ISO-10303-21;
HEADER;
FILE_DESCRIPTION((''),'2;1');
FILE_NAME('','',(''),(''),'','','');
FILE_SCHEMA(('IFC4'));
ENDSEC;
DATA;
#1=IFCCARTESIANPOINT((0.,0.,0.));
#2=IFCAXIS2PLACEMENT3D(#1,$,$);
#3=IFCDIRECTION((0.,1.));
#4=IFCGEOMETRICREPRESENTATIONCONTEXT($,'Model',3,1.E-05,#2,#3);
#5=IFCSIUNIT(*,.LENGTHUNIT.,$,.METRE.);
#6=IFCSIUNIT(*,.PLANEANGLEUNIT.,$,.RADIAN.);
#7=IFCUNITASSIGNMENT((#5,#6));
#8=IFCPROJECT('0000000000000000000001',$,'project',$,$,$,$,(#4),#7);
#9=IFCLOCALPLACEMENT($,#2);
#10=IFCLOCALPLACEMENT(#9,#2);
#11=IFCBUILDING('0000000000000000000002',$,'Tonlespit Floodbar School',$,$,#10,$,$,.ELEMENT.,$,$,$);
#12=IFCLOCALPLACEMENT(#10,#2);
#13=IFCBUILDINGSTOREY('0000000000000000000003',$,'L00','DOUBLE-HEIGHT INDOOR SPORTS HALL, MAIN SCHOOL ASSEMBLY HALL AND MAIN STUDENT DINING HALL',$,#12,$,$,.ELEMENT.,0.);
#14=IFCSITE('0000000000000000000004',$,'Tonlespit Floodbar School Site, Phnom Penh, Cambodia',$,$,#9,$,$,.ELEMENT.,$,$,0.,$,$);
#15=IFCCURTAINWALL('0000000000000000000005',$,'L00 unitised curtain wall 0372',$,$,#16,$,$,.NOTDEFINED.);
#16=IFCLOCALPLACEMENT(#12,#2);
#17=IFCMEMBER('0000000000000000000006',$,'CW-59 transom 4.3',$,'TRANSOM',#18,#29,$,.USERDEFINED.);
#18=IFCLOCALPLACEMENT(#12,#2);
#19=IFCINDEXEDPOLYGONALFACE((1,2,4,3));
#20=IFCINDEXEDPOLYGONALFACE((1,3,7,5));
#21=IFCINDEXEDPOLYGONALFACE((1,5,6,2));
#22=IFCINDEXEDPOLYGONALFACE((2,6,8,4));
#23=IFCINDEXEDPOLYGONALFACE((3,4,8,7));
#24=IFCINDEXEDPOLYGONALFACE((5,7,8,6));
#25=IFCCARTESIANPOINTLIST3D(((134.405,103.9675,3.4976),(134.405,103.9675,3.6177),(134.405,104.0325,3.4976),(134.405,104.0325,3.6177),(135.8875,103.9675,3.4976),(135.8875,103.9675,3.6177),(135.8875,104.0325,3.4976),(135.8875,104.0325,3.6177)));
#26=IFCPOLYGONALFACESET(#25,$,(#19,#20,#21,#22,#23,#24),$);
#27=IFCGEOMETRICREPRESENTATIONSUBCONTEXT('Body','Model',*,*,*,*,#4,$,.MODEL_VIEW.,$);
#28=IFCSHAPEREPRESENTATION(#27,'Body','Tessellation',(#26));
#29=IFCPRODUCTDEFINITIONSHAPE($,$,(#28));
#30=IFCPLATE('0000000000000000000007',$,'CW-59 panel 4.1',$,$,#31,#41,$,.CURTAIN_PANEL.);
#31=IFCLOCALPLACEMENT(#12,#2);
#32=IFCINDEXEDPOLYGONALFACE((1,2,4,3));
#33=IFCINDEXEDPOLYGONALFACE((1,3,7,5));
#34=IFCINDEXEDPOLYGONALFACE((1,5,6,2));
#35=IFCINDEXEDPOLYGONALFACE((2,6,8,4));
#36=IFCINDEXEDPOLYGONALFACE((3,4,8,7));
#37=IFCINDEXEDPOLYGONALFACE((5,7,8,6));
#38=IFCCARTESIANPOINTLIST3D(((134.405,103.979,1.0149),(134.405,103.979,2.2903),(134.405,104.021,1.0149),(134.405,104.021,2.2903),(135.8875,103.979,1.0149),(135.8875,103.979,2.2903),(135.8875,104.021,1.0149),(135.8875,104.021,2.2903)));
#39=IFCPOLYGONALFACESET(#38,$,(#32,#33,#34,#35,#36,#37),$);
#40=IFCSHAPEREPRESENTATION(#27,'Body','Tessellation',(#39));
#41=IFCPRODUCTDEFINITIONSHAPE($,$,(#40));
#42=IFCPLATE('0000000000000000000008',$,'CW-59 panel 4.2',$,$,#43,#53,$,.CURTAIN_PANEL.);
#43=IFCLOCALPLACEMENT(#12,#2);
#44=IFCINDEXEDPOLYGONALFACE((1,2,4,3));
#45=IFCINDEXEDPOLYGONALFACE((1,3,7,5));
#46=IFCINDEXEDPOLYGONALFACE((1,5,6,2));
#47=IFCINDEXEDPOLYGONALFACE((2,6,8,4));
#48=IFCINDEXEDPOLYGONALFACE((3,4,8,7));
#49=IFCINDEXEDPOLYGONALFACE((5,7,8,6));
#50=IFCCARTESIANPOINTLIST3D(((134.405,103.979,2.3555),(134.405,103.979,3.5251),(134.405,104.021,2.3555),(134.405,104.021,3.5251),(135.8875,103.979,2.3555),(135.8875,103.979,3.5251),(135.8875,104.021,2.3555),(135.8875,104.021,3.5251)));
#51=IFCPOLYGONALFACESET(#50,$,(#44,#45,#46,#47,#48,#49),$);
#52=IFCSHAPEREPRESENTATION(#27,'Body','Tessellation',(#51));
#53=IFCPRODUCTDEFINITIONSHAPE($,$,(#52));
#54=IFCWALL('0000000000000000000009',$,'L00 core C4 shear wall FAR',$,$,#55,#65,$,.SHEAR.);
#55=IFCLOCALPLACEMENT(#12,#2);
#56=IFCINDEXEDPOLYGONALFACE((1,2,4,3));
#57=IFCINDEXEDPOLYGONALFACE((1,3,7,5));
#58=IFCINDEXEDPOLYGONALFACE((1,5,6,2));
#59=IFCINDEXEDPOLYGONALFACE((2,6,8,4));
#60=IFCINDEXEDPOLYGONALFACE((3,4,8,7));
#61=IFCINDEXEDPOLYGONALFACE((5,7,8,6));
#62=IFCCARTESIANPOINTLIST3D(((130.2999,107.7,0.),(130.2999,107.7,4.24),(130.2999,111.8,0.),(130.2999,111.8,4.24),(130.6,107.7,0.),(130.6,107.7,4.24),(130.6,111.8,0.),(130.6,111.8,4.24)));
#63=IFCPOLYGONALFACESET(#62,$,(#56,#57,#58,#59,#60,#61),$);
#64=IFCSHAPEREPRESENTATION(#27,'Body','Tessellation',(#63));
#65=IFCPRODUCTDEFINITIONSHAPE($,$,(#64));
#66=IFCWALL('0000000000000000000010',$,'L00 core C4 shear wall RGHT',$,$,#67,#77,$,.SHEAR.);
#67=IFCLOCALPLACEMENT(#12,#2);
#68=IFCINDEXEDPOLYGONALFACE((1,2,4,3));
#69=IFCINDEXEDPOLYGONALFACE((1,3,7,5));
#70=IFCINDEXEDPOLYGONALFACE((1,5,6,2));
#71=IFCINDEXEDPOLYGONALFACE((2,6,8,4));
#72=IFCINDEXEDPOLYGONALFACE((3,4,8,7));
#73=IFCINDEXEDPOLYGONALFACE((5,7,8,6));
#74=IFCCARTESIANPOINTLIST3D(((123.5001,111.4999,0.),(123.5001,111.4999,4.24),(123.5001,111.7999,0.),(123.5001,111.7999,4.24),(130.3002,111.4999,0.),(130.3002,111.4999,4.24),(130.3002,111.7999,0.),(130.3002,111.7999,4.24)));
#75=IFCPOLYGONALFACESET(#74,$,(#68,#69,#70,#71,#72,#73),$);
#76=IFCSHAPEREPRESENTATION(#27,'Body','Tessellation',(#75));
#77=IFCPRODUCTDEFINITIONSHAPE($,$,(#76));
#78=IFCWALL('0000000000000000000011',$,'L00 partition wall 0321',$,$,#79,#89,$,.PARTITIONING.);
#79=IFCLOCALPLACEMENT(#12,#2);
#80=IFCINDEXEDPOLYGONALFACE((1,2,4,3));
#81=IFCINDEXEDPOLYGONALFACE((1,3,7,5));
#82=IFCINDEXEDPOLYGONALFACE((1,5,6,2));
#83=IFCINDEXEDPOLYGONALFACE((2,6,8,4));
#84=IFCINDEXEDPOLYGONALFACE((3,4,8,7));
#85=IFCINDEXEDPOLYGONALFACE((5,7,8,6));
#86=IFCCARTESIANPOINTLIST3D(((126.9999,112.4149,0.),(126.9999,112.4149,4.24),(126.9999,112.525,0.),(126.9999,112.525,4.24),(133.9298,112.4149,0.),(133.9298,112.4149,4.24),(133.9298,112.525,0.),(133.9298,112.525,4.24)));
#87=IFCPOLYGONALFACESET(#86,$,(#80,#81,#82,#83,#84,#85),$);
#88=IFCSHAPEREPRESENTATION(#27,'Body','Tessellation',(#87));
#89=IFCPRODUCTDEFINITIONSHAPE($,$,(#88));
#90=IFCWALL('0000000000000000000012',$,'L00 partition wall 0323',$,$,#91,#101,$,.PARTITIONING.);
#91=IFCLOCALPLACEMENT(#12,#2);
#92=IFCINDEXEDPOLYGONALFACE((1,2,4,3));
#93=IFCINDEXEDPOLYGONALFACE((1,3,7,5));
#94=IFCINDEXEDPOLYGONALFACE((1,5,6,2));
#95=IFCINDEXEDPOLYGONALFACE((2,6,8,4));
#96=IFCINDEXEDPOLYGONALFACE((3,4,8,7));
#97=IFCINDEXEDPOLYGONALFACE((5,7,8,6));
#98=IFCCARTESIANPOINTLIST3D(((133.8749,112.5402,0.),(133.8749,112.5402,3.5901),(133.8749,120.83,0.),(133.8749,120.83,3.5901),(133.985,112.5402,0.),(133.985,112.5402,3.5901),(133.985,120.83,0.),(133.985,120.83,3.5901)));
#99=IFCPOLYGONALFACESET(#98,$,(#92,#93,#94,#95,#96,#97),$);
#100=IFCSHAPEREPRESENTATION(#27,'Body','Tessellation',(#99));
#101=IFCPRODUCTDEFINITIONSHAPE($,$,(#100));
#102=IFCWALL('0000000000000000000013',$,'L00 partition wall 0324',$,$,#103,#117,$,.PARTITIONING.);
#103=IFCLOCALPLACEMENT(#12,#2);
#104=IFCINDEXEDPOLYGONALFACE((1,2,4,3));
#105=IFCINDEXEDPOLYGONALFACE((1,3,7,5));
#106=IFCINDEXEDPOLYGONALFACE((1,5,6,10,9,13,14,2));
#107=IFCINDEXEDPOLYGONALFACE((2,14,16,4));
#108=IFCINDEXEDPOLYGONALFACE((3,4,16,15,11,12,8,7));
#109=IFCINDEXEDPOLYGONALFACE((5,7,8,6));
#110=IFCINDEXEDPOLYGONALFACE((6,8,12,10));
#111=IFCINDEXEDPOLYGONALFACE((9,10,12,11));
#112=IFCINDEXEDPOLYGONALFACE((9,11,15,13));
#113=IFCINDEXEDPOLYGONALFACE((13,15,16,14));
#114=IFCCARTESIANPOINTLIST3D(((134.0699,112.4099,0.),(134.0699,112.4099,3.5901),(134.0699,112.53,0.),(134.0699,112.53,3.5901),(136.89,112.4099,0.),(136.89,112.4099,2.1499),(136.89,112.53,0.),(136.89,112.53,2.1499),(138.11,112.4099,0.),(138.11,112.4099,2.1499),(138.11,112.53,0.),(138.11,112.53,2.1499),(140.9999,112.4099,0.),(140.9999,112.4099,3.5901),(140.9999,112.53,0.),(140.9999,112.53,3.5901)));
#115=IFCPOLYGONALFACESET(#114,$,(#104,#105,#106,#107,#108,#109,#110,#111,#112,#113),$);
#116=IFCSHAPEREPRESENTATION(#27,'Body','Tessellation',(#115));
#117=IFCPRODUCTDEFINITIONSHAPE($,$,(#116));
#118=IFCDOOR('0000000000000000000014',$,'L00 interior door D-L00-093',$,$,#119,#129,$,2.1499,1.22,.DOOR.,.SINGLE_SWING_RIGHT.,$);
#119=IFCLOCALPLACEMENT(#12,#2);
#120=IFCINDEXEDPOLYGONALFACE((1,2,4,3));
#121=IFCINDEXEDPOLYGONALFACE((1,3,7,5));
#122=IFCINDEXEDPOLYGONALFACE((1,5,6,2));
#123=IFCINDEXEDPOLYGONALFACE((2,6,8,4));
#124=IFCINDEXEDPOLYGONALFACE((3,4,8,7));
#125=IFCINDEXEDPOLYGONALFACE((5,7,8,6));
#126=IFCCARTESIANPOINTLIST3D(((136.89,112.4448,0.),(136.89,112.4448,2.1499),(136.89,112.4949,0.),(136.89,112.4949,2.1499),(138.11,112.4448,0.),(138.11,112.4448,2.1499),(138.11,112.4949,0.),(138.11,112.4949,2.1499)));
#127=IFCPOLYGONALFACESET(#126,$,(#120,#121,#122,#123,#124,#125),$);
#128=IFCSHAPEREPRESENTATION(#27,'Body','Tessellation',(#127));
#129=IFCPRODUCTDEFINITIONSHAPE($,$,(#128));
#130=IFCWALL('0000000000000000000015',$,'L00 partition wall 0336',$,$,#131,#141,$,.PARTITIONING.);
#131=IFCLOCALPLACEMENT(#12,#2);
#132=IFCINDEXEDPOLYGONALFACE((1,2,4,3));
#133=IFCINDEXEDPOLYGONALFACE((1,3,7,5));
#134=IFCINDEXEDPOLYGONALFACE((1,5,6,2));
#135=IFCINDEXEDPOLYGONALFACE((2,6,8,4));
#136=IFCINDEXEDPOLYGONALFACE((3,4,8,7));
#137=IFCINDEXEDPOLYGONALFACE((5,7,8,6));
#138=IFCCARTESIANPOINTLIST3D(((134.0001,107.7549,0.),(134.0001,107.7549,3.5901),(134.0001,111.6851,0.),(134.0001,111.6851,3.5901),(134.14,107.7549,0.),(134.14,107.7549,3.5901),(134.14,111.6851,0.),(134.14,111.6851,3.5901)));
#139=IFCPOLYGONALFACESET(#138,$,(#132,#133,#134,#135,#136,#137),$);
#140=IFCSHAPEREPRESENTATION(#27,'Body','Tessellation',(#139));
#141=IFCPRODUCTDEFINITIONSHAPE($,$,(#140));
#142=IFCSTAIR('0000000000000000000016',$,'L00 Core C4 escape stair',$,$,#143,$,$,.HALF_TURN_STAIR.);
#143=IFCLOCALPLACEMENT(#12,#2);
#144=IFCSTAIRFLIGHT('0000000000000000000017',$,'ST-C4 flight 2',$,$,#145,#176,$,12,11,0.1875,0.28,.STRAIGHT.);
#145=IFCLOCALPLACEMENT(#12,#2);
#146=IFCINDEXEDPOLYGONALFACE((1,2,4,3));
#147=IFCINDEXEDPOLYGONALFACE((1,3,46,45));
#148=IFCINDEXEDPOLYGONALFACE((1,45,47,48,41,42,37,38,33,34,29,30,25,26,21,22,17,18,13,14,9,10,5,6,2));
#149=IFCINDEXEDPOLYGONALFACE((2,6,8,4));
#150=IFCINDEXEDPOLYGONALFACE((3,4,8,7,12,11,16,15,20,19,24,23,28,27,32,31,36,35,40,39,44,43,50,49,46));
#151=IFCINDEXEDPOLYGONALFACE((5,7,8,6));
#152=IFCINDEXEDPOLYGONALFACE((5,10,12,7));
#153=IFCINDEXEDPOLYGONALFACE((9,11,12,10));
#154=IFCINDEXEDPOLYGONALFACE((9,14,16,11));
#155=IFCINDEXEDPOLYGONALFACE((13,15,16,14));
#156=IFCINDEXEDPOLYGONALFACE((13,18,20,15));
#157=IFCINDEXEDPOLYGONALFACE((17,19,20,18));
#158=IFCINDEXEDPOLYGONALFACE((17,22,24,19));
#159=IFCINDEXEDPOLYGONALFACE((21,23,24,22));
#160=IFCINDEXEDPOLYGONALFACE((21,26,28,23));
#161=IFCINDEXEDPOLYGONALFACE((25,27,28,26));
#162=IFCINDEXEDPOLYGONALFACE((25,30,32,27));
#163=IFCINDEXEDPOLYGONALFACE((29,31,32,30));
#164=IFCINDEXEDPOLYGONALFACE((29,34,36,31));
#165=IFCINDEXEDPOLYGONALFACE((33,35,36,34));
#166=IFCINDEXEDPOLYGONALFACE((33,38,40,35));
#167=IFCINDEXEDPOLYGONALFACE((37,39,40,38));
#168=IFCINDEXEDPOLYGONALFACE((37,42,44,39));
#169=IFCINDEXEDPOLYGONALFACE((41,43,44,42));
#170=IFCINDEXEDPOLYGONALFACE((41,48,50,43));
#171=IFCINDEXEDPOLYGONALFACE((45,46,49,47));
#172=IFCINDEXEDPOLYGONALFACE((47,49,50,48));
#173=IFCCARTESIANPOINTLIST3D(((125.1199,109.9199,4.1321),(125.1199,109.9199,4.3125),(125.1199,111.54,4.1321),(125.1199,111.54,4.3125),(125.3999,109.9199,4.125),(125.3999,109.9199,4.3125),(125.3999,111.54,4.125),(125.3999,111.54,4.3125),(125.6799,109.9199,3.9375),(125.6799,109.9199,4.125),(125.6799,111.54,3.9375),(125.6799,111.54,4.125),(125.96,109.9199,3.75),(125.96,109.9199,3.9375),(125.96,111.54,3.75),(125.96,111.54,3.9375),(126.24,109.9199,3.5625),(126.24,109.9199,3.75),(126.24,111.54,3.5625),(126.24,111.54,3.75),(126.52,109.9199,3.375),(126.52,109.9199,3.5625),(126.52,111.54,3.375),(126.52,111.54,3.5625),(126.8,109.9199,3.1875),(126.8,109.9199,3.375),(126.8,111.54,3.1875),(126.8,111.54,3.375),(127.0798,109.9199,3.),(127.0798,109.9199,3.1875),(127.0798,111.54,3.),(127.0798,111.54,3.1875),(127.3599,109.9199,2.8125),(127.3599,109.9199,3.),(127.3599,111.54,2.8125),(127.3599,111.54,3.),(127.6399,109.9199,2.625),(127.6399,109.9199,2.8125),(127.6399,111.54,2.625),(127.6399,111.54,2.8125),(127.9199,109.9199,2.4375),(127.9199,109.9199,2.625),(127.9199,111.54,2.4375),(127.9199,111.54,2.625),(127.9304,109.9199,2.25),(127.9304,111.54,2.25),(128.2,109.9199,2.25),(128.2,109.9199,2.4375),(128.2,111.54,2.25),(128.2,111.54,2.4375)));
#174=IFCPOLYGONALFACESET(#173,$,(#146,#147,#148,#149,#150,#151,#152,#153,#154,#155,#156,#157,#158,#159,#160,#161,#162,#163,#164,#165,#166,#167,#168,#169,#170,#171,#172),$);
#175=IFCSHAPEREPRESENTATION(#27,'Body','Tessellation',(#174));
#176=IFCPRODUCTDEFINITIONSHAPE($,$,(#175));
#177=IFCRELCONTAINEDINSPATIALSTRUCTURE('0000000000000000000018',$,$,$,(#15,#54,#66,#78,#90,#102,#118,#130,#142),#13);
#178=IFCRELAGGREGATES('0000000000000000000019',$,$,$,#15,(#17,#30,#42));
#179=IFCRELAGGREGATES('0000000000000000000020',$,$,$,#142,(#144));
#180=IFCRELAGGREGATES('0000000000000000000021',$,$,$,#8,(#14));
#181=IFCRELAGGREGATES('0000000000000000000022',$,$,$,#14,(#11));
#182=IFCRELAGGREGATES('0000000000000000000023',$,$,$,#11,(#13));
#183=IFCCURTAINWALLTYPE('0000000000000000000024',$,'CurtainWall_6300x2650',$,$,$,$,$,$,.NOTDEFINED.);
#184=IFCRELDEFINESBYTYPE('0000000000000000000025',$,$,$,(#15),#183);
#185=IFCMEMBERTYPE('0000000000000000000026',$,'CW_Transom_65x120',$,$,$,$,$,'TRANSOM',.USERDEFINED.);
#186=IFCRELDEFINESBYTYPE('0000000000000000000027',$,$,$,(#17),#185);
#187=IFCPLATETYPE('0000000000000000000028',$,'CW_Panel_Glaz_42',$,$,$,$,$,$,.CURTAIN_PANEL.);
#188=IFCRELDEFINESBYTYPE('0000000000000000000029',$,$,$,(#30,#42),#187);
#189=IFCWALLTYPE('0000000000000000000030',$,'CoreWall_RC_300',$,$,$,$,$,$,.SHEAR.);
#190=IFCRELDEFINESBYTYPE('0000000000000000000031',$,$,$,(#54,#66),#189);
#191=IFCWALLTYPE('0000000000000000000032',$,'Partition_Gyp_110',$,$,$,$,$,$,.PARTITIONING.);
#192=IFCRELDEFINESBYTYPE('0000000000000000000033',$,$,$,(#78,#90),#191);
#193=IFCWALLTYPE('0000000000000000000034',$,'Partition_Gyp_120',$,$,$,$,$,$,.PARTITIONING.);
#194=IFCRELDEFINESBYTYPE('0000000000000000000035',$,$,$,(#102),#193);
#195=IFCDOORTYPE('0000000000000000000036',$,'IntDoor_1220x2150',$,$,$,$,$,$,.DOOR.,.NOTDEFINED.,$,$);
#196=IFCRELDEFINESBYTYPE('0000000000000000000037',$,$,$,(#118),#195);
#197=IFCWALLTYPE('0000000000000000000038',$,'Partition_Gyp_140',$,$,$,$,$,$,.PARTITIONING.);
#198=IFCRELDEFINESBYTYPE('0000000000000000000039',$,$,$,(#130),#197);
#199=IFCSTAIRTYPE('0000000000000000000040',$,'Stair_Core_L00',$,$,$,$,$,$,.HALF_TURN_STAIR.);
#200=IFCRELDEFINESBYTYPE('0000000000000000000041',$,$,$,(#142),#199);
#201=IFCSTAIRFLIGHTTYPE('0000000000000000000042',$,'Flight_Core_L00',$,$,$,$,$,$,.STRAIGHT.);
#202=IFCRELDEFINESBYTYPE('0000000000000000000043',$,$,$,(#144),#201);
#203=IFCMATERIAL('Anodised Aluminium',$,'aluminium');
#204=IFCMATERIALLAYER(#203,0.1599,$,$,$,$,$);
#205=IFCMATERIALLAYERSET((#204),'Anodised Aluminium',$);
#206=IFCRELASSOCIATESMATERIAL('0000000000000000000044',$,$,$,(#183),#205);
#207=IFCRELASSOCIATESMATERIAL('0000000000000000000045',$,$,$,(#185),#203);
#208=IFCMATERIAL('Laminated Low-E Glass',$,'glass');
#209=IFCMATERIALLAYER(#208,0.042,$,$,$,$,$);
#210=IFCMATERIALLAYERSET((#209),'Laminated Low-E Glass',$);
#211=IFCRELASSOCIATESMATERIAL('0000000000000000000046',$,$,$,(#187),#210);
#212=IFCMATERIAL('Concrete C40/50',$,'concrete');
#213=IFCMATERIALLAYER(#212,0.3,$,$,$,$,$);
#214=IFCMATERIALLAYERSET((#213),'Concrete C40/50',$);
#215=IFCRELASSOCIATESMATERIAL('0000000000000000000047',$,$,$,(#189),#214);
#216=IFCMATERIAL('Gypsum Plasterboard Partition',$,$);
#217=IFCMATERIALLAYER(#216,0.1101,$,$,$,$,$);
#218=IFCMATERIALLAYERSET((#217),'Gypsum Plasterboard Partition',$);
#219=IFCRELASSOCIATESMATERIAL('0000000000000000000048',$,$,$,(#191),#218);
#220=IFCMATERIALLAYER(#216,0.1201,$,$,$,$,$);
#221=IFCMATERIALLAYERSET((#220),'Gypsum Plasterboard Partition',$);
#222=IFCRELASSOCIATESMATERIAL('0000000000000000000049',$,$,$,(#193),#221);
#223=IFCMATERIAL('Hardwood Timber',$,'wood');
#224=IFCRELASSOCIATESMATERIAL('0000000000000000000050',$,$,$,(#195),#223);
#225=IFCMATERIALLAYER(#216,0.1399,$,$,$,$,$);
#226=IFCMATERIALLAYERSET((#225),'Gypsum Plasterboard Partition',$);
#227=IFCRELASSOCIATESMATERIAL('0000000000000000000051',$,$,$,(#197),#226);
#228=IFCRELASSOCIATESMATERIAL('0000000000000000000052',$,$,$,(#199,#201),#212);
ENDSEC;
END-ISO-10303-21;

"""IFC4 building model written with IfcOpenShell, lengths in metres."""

from ifc_helpers import new_model, si_unit, direction, frame, frame_2d, origin, origin_2d, place, context, subcontext, project, spatial, polyline, rectangle, outline, extrude, material, layer, layer_set, material_profile, profile_set, type_object, element, fill, aggregate, save


model = new_model("IFC4")

# Units and contexts
model_context = context("Model", 3, precision=1e-05, world=origin(), true_north=direction((0.0, 1.0)))
body_context = subcontext(model_context, "Body", "Model", "MODEL_VIEW")
ifc_project = project(units=[si_unit("LENGTHUNIT", "METRE"), si_unit("PLANEANGLEUNIT", "RADIAN")], contexts=[model_context])

# Site, building, storey
site_placement = place(None, origin())
site = spatial("IfcSite", under=ifc_project, at=site_placement, Name="Tonlespit Floodbar School Site, Phnom Penh, Cambodia", CompositionType="ELEMENT", RefElevation=0.0)
building_placement = place(site_placement, origin())
building = spatial("IfcBuilding", under=site, at=building_placement, Name="Tonlespit Floodbar School", CompositionType="ELEMENT")
storey_placement = place(building_placement, origin())
storey = spatial("IfcBuildingStorey", under=building, at=storey_placement, Name="L00", Description="DOUBLE-HEIGHT INDOOR SPORTS HALL, MAIN SCHOOL ASSEMBLY HALL AND MAIN STUDENT DINING HALL", CompositionType="ELEMENT", Elevation=0.0)

# Shared definitions
ifc_material_1 = material(Name="Concrete C40/50", Category="concrete")

# Curtain wall, member, plates
ifc_material_2 = material(Name="Anodised Aluminium", Category="aluminium")
ifc_layer_1 = layer(ifc_material_2, 0.1599)
ifc_layer_set_1 = layer_set([ifc_layer_1], Name="Anodised Aluminium")
curtain_wall_type = type_object("IfcCurtainWallType", Name="CurtainWall_6300x2650", PredefinedType="NOTDEFINED", material=ifc_layer_set_1)
curtain_wall_placement = place(storey_placement, origin())
curtain_wall = element("IfcCurtainWall", 1, at=curtain_wall_placement, inside=storey, type_object=curtain_wall_type, Name="L00 unitised curtain wall 0372", PredefinedType="NOTDEFINED")
ifc_material_profile_1 = material_profile(ifc_material_2, rectangle(XDim=0.0649, YDim=0.1201, at=origin_2d()), Name="ALU T65x120")
ifc_profile_set_1 = profile_set([ifc_material_profile_1], Name="Anodised Aluminium")
member_type_1 = type_object("IfcMemberType", Name="CW_Transom_65x120", ElementType="TRANSOM", PredefinedType="USERDEFINED", material=ifc_profile_set_1)
member_1_placement = place(storey_placement, frame((135.8875, 104.0, 3.5576), z_axis=(-1.0, 0.0, 0.0), x_axis=(0.0, -1.0, 0.0)))
member_1 = element("IfcMember", 2, at=member_1_placement, type_object=member_type_1, Name="CW-59 transom 4.3", ObjectType="TRANSOM", PredefinedType="USERDEFINED", context=body_context, shape_type="SweptSolid", body=[
    extrude(rectangle(XDim=0.0649, YDim=0.1201, at=origin_2d()), origin(), (0.0, 0.0, 1.0), 1.4824),
])
ifc_material_3 = material(Name="Laminated Low-E Glass", Category="glass")
ifc_layer_2 = layer(ifc_material_3, 0.042)
ifc_layer_set_2 = layer_set([ifc_layer_2], Name="Laminated Low-E Glass")
plate_type = type_object("IfcPlateType", Name="CW_Panel_Glaz_42", PredefinedType="CURTAIN_PANEL", material=ifc_layer_set_2)
plate_1_placement = place(storey_placement, frame((135.1462, 104.0, 1.0149), z_axis=(0.0, 0.0, 1.0), x_axis=(-1.0, 0.0, 0.0)))
plate_1 = element("IfcPlate", 3, at=plate_1_placement, type_object=plate_type, Name="CW-59 panel 4.1", PredefinedType="CURTAIN_PANEL", context=body_context, shape_type="SweptSolid", body=[
    extrude(rectangle(XDim=1.4824, YDim=0.042, at=origin_2d()), origin(), (0.0, 0.0, 1.0), 1.2754),
])
plate_2_placement = place(storey_placement, frame((135.1462, 104.0, 2.3555), z_axis=(0.0, 0.0, 1.0), x_axis=(-1.0, 0.0, 0.0)))
plate_2 = element("IfcPlate", 4, at=plate_2_placement, type_object=plate_type, Name="CW-59 panel 4.2", PredefinedType="CURTAIN_PANEL", context=body_context, shape_type="SweptSolid", body=[
    extrude(rectangle(XDim=1.4824, YDim=0.042, at=origin_2d()), origin(), (0.0, 0.0, 1.0), 1.1697),
])
aggregate(curtain_wall, [member_1, plate_1, plate_2])

# Walls
ifc_layer_3 = layer(ifc_material_1, 0.3)
ifc_layer_set_3 = layer_set([ifc_layer_3], Name="Concrete C40/50")
wall_type_1 = type_object("IfcWallType", Name="CoreWall_RC_300", PredefinedType="SHEAR", material=ifc_layer_set_3)
wall_1_placement = place(storey_placement, frame((130.45, 111.8, 0.0), z_axis=(0.0, 0.0, 1.0), x_axis=(0.0, -1.0, 0.0)))
element("IfcWall", 5, at=wall_1_placement, inside=storey, type_object=wall_type_1, Name="L00 core C4 shear wall FAR", PredefinedType="SHEAR", context=body_context, shape_type="SweptSolid", body=[
    extrude(rectangle(XDim=4.1001, YDim=0.3, at=frame_2d((2.05, 0.0))), origin(), (0.0, 0.0, 1.0), 4.24),
])
wall_2_placement = place(storey_placement, frame((130.3, 111.6499, 0.0), z_axis=(0.0, 0.0, 1.0), x_axis=(-1.0, 0.0, 0.0)))
element("IfcWall", 6, at=wall_2_placement, inside=storey, type_object=wall_type_1, Name="L00 core C4 shear wall RGHT", PredefinedType="SHEAR", context=body_context, shape_type="SweptSolid", body=[
    extrude(rectangle(XDim=6.8, YDim=0.3, at=frame_2d((3.3999, 0.0))), origin(), (0.0, 0.0, 1.0), 4.24),
])
ifc_material_4 = material(Name="Gypsum Plasterboard Partition")
ifc_layer_4 = layer(ifc_material_4, 0.1101)
ifc_layer_set_4 = layer_set([ifc_layer_4], Name="Gypsum Plasterboard Partition")
wall_type_2 = type_object("IfcWallType", Name="Partition_Gyp_110", PredefinedType="PARTITIONING", material=ifc_layer_set_4)
wall_3_placement = place(storey_placement, frame((127.0, 112.47, 0.0), z_axis=(0.0, 0.0, 1.0), x_axis=(1.0, 0.0, 0.0)))
element("IfcWall", 7, at=wall_3_placement, inside=storey, type_object=wall_type_2, Name="L00 partition wall 0321", PredefinedType="PARTITIONING", context=body_context, shape_type="SweptSolid", body=[
    extrude(rectangle(XDim=6.9299, YDim=0.1101, at=frame_2d((3.4648, 0.0))), origin(), (0.0, 0.0, 1.0), 4.24),
])
wall_4_placement = place(storey_placement, frame((133.9299, 112.54, 0.0), z_axis=(0.0, 0.0, 1.0), x_axis=(0.0, 1.0, 0.0)))
element("IfcWall", 8, at=wall_4_placement, inside=storey, type_object=wall_type_2, Name="L00 partition wall 0323", PredefinedType="PARTITIONING", context=body_context, shape_type="SweptSolid", body=[
    extrude(rectangle(XDim=8.2898, YDim=0.1101, at=frame_2d((4.145, 0.0))), origin(), (0.0, 0.0, 1.0), 3.5901),
])

# Wall, opening, door
ifc_layer_5 = layer(ifc_material_4, 0.1201)
ifc_layer_set_5 = layer_set([ifc_layer_5], Name="Gypsum Plasterboard Partition")
wall_type_3 = type_object("IfcWallType", Name="Partition_Gyp_120", PredefinedType="PARTITIONING", material=ifc_layer_set_5)
wall_5_placement = place(storey_placement, frame((134.0701, 112.47, 0.0), z_axis=(0.0, 0.0, 1.0), x_axis=(1.0, 0.0, 0.0)))
wall_5 = element("IfcWall", 9, at=wall_5_placement, inside=storey, type_object=wall_type_3, Name="L00 partition wall 0324", PredefinedType="PARTITIONING", context=body_context, shape_type="SweptSolid", body=[
    extrude(rectangle(XDim=6.9299, YDim=0.1201, at=frame_2d((3.4648, 0.0))), origin(), (0.0, 0.0, 1.0), 3.5901),
])
opening_placement = place(wall_5_placement, frame((2.8201, 0.0, 0.0)))
opening = element("IfcOpeningElement", 10, at=opening_placement, cuts=wall_5, PredefinedType="OPENING", context=body_context, shape_type="SweptSolid", body=[
    extrude(rectangle(XDim=1.22, YDim=2.1499, at=frame_2d((0.6099, 1.075))), frame((0.0, 0.0701, 0.0), z_axis=(0.0, -1.0, 0.0), x_axis=(1.0, 0.0, 0.0)), (0.0, 0.0, 1.0), 0.1401),
])
ifc_material_5 = material(Name="Hardwood Timber", Category="wood")
door_type = type_object("IfcDoorType", Name="IntDoor_1220x2150", OperationType="NOTDEFINED", PredefinedType="DOOR", material=ifc_material_5)
door_placement = place(opening_placement, origin())
door = element("IfcDoor", 11, at=door_placement, inside=storey, type_object=door_type, Name="L00 interior door D-L00-093", OperationType="SINGLE_SWING_RIGHT", OverallHeight=2.1499, OverallWidth=1.22, PredefinedType="DOOR", context=body_context, shape_type="SweptSolid", body=[
    extrude(rectangle(XDim=1.22, YDim=2.1499, at=frame_2d((0.6099, 1.075))), frame((0.0, 0.0249, 0.0), z_axis=(0.0, -1.0, 0.0), x_axis=(1.0, 0.0, 0.0)), (0.0, 0.0, 1.0), 0.05),
])
fill(opening, door)

# Wall
ifc_layer_6 = layer(ifc_material_4, 0.1399)
ifc_layer_set_6 = layer_set([ifc_layer_6], Name="Gypsum Plasterboard Partition")
wall_type_4 = type_object("IfcWallType", Name="Partition_Gyp_140", PredefinedType="PARTITIONING", material=ifc_layer_set_6)
wall_6_placement = place(storey_placement, frame((134.0701, 107.7549, 0.0), z_axis=(0.0, 0.0, 1.0), x_axis=(0.0, 1.0, 0.0)))
element("IfcWall", 12, at=wall_6_placement, inside=storey, type_object=wall_type_4, Name="L00 partition wall 0336", PredefinedType="PARTITIONING", context=body_context, shape_type="SweptSolid", body=[
    extrude(rectangle(XDim=3.9302, YDim=0.1399, at=frame_2d((1.9651, 0.0))), origin(), (0.0, 0.0, 1.0), 3.5901),
])

# Stair, stair flight
stair_type = type_object("IfcStairType", Name="Stair_Core_L00", PredefinedType="HALF_TURN_STAIR", material=ifc_material_1)
stair_placement = place(storey_placement, origin())
stair = element("IfcStair", 13, at=stair_placement, inside=storey, type_object=stair_type, Name="L00 Core C4 escape stair", PredefinedType="HALF_TURN_STAIR")
stair_flight_type = type_object("IfcStairFlightType", Name="Flight_Core_L00", PredefinedType="STRAIGHT", material=ifc_material_1)
stair_flight_placement = place(storey_placement, frame((128.2, 110.73, 2.25), z_axis=(0.0, 0.0, 1.0), x_axis=(-1.0, 0.0, 0.0)))
stair_flight = element("IfcStairFlight", 14, at=stair_flight_placement, type_object=stair_flight_type, Name="ST-C4 flight 2", NumberOfRisers=12, NumberOfTreads=11, PredefinedType="STRAIGHT", RiserHeight=0.1875, TreadLength=0.28, context=body_context, shape_type="SweptSolid", body=[
    extrude(outline(polyline([(0.0, 0.0), (0.0, 0.1875), (0.28, 0.1875), (0.28, 0.375), (0.5601, 0.375), (0.5601, 0.5625), (0.8401, 0.5625), (0.8401, 0.75), (1.1201, 0.75), (1.1201, 0.9375), (1.3999, 0.9375), (1.3999, 1.125), (1.6799, 1.125), (1.6799, 1.3125), (1.96, 1.3125), (1.96, 1.5), (2.24, 1.5), (2.24, 1.6875), (2.52, 1.6875), (2.52, 1.875), (2.8, 1.875), (2.8, 2.0625), (3.0801, 2.0625), (3.0801, 2.25), (3.0801, 1.8821), (0.2695, 0.0), (0.0, 0.0)])), frame((0.0, 0.8101, 0.0), z_axis=(0.0, -1.0, 0.0), x_axis=(1.0, 0.0, 0.0)), (0.0, 0.0, 1.0), 1.6201),
])
aggregate(stair, [stair_flight])

save(model, "model.ifc")
